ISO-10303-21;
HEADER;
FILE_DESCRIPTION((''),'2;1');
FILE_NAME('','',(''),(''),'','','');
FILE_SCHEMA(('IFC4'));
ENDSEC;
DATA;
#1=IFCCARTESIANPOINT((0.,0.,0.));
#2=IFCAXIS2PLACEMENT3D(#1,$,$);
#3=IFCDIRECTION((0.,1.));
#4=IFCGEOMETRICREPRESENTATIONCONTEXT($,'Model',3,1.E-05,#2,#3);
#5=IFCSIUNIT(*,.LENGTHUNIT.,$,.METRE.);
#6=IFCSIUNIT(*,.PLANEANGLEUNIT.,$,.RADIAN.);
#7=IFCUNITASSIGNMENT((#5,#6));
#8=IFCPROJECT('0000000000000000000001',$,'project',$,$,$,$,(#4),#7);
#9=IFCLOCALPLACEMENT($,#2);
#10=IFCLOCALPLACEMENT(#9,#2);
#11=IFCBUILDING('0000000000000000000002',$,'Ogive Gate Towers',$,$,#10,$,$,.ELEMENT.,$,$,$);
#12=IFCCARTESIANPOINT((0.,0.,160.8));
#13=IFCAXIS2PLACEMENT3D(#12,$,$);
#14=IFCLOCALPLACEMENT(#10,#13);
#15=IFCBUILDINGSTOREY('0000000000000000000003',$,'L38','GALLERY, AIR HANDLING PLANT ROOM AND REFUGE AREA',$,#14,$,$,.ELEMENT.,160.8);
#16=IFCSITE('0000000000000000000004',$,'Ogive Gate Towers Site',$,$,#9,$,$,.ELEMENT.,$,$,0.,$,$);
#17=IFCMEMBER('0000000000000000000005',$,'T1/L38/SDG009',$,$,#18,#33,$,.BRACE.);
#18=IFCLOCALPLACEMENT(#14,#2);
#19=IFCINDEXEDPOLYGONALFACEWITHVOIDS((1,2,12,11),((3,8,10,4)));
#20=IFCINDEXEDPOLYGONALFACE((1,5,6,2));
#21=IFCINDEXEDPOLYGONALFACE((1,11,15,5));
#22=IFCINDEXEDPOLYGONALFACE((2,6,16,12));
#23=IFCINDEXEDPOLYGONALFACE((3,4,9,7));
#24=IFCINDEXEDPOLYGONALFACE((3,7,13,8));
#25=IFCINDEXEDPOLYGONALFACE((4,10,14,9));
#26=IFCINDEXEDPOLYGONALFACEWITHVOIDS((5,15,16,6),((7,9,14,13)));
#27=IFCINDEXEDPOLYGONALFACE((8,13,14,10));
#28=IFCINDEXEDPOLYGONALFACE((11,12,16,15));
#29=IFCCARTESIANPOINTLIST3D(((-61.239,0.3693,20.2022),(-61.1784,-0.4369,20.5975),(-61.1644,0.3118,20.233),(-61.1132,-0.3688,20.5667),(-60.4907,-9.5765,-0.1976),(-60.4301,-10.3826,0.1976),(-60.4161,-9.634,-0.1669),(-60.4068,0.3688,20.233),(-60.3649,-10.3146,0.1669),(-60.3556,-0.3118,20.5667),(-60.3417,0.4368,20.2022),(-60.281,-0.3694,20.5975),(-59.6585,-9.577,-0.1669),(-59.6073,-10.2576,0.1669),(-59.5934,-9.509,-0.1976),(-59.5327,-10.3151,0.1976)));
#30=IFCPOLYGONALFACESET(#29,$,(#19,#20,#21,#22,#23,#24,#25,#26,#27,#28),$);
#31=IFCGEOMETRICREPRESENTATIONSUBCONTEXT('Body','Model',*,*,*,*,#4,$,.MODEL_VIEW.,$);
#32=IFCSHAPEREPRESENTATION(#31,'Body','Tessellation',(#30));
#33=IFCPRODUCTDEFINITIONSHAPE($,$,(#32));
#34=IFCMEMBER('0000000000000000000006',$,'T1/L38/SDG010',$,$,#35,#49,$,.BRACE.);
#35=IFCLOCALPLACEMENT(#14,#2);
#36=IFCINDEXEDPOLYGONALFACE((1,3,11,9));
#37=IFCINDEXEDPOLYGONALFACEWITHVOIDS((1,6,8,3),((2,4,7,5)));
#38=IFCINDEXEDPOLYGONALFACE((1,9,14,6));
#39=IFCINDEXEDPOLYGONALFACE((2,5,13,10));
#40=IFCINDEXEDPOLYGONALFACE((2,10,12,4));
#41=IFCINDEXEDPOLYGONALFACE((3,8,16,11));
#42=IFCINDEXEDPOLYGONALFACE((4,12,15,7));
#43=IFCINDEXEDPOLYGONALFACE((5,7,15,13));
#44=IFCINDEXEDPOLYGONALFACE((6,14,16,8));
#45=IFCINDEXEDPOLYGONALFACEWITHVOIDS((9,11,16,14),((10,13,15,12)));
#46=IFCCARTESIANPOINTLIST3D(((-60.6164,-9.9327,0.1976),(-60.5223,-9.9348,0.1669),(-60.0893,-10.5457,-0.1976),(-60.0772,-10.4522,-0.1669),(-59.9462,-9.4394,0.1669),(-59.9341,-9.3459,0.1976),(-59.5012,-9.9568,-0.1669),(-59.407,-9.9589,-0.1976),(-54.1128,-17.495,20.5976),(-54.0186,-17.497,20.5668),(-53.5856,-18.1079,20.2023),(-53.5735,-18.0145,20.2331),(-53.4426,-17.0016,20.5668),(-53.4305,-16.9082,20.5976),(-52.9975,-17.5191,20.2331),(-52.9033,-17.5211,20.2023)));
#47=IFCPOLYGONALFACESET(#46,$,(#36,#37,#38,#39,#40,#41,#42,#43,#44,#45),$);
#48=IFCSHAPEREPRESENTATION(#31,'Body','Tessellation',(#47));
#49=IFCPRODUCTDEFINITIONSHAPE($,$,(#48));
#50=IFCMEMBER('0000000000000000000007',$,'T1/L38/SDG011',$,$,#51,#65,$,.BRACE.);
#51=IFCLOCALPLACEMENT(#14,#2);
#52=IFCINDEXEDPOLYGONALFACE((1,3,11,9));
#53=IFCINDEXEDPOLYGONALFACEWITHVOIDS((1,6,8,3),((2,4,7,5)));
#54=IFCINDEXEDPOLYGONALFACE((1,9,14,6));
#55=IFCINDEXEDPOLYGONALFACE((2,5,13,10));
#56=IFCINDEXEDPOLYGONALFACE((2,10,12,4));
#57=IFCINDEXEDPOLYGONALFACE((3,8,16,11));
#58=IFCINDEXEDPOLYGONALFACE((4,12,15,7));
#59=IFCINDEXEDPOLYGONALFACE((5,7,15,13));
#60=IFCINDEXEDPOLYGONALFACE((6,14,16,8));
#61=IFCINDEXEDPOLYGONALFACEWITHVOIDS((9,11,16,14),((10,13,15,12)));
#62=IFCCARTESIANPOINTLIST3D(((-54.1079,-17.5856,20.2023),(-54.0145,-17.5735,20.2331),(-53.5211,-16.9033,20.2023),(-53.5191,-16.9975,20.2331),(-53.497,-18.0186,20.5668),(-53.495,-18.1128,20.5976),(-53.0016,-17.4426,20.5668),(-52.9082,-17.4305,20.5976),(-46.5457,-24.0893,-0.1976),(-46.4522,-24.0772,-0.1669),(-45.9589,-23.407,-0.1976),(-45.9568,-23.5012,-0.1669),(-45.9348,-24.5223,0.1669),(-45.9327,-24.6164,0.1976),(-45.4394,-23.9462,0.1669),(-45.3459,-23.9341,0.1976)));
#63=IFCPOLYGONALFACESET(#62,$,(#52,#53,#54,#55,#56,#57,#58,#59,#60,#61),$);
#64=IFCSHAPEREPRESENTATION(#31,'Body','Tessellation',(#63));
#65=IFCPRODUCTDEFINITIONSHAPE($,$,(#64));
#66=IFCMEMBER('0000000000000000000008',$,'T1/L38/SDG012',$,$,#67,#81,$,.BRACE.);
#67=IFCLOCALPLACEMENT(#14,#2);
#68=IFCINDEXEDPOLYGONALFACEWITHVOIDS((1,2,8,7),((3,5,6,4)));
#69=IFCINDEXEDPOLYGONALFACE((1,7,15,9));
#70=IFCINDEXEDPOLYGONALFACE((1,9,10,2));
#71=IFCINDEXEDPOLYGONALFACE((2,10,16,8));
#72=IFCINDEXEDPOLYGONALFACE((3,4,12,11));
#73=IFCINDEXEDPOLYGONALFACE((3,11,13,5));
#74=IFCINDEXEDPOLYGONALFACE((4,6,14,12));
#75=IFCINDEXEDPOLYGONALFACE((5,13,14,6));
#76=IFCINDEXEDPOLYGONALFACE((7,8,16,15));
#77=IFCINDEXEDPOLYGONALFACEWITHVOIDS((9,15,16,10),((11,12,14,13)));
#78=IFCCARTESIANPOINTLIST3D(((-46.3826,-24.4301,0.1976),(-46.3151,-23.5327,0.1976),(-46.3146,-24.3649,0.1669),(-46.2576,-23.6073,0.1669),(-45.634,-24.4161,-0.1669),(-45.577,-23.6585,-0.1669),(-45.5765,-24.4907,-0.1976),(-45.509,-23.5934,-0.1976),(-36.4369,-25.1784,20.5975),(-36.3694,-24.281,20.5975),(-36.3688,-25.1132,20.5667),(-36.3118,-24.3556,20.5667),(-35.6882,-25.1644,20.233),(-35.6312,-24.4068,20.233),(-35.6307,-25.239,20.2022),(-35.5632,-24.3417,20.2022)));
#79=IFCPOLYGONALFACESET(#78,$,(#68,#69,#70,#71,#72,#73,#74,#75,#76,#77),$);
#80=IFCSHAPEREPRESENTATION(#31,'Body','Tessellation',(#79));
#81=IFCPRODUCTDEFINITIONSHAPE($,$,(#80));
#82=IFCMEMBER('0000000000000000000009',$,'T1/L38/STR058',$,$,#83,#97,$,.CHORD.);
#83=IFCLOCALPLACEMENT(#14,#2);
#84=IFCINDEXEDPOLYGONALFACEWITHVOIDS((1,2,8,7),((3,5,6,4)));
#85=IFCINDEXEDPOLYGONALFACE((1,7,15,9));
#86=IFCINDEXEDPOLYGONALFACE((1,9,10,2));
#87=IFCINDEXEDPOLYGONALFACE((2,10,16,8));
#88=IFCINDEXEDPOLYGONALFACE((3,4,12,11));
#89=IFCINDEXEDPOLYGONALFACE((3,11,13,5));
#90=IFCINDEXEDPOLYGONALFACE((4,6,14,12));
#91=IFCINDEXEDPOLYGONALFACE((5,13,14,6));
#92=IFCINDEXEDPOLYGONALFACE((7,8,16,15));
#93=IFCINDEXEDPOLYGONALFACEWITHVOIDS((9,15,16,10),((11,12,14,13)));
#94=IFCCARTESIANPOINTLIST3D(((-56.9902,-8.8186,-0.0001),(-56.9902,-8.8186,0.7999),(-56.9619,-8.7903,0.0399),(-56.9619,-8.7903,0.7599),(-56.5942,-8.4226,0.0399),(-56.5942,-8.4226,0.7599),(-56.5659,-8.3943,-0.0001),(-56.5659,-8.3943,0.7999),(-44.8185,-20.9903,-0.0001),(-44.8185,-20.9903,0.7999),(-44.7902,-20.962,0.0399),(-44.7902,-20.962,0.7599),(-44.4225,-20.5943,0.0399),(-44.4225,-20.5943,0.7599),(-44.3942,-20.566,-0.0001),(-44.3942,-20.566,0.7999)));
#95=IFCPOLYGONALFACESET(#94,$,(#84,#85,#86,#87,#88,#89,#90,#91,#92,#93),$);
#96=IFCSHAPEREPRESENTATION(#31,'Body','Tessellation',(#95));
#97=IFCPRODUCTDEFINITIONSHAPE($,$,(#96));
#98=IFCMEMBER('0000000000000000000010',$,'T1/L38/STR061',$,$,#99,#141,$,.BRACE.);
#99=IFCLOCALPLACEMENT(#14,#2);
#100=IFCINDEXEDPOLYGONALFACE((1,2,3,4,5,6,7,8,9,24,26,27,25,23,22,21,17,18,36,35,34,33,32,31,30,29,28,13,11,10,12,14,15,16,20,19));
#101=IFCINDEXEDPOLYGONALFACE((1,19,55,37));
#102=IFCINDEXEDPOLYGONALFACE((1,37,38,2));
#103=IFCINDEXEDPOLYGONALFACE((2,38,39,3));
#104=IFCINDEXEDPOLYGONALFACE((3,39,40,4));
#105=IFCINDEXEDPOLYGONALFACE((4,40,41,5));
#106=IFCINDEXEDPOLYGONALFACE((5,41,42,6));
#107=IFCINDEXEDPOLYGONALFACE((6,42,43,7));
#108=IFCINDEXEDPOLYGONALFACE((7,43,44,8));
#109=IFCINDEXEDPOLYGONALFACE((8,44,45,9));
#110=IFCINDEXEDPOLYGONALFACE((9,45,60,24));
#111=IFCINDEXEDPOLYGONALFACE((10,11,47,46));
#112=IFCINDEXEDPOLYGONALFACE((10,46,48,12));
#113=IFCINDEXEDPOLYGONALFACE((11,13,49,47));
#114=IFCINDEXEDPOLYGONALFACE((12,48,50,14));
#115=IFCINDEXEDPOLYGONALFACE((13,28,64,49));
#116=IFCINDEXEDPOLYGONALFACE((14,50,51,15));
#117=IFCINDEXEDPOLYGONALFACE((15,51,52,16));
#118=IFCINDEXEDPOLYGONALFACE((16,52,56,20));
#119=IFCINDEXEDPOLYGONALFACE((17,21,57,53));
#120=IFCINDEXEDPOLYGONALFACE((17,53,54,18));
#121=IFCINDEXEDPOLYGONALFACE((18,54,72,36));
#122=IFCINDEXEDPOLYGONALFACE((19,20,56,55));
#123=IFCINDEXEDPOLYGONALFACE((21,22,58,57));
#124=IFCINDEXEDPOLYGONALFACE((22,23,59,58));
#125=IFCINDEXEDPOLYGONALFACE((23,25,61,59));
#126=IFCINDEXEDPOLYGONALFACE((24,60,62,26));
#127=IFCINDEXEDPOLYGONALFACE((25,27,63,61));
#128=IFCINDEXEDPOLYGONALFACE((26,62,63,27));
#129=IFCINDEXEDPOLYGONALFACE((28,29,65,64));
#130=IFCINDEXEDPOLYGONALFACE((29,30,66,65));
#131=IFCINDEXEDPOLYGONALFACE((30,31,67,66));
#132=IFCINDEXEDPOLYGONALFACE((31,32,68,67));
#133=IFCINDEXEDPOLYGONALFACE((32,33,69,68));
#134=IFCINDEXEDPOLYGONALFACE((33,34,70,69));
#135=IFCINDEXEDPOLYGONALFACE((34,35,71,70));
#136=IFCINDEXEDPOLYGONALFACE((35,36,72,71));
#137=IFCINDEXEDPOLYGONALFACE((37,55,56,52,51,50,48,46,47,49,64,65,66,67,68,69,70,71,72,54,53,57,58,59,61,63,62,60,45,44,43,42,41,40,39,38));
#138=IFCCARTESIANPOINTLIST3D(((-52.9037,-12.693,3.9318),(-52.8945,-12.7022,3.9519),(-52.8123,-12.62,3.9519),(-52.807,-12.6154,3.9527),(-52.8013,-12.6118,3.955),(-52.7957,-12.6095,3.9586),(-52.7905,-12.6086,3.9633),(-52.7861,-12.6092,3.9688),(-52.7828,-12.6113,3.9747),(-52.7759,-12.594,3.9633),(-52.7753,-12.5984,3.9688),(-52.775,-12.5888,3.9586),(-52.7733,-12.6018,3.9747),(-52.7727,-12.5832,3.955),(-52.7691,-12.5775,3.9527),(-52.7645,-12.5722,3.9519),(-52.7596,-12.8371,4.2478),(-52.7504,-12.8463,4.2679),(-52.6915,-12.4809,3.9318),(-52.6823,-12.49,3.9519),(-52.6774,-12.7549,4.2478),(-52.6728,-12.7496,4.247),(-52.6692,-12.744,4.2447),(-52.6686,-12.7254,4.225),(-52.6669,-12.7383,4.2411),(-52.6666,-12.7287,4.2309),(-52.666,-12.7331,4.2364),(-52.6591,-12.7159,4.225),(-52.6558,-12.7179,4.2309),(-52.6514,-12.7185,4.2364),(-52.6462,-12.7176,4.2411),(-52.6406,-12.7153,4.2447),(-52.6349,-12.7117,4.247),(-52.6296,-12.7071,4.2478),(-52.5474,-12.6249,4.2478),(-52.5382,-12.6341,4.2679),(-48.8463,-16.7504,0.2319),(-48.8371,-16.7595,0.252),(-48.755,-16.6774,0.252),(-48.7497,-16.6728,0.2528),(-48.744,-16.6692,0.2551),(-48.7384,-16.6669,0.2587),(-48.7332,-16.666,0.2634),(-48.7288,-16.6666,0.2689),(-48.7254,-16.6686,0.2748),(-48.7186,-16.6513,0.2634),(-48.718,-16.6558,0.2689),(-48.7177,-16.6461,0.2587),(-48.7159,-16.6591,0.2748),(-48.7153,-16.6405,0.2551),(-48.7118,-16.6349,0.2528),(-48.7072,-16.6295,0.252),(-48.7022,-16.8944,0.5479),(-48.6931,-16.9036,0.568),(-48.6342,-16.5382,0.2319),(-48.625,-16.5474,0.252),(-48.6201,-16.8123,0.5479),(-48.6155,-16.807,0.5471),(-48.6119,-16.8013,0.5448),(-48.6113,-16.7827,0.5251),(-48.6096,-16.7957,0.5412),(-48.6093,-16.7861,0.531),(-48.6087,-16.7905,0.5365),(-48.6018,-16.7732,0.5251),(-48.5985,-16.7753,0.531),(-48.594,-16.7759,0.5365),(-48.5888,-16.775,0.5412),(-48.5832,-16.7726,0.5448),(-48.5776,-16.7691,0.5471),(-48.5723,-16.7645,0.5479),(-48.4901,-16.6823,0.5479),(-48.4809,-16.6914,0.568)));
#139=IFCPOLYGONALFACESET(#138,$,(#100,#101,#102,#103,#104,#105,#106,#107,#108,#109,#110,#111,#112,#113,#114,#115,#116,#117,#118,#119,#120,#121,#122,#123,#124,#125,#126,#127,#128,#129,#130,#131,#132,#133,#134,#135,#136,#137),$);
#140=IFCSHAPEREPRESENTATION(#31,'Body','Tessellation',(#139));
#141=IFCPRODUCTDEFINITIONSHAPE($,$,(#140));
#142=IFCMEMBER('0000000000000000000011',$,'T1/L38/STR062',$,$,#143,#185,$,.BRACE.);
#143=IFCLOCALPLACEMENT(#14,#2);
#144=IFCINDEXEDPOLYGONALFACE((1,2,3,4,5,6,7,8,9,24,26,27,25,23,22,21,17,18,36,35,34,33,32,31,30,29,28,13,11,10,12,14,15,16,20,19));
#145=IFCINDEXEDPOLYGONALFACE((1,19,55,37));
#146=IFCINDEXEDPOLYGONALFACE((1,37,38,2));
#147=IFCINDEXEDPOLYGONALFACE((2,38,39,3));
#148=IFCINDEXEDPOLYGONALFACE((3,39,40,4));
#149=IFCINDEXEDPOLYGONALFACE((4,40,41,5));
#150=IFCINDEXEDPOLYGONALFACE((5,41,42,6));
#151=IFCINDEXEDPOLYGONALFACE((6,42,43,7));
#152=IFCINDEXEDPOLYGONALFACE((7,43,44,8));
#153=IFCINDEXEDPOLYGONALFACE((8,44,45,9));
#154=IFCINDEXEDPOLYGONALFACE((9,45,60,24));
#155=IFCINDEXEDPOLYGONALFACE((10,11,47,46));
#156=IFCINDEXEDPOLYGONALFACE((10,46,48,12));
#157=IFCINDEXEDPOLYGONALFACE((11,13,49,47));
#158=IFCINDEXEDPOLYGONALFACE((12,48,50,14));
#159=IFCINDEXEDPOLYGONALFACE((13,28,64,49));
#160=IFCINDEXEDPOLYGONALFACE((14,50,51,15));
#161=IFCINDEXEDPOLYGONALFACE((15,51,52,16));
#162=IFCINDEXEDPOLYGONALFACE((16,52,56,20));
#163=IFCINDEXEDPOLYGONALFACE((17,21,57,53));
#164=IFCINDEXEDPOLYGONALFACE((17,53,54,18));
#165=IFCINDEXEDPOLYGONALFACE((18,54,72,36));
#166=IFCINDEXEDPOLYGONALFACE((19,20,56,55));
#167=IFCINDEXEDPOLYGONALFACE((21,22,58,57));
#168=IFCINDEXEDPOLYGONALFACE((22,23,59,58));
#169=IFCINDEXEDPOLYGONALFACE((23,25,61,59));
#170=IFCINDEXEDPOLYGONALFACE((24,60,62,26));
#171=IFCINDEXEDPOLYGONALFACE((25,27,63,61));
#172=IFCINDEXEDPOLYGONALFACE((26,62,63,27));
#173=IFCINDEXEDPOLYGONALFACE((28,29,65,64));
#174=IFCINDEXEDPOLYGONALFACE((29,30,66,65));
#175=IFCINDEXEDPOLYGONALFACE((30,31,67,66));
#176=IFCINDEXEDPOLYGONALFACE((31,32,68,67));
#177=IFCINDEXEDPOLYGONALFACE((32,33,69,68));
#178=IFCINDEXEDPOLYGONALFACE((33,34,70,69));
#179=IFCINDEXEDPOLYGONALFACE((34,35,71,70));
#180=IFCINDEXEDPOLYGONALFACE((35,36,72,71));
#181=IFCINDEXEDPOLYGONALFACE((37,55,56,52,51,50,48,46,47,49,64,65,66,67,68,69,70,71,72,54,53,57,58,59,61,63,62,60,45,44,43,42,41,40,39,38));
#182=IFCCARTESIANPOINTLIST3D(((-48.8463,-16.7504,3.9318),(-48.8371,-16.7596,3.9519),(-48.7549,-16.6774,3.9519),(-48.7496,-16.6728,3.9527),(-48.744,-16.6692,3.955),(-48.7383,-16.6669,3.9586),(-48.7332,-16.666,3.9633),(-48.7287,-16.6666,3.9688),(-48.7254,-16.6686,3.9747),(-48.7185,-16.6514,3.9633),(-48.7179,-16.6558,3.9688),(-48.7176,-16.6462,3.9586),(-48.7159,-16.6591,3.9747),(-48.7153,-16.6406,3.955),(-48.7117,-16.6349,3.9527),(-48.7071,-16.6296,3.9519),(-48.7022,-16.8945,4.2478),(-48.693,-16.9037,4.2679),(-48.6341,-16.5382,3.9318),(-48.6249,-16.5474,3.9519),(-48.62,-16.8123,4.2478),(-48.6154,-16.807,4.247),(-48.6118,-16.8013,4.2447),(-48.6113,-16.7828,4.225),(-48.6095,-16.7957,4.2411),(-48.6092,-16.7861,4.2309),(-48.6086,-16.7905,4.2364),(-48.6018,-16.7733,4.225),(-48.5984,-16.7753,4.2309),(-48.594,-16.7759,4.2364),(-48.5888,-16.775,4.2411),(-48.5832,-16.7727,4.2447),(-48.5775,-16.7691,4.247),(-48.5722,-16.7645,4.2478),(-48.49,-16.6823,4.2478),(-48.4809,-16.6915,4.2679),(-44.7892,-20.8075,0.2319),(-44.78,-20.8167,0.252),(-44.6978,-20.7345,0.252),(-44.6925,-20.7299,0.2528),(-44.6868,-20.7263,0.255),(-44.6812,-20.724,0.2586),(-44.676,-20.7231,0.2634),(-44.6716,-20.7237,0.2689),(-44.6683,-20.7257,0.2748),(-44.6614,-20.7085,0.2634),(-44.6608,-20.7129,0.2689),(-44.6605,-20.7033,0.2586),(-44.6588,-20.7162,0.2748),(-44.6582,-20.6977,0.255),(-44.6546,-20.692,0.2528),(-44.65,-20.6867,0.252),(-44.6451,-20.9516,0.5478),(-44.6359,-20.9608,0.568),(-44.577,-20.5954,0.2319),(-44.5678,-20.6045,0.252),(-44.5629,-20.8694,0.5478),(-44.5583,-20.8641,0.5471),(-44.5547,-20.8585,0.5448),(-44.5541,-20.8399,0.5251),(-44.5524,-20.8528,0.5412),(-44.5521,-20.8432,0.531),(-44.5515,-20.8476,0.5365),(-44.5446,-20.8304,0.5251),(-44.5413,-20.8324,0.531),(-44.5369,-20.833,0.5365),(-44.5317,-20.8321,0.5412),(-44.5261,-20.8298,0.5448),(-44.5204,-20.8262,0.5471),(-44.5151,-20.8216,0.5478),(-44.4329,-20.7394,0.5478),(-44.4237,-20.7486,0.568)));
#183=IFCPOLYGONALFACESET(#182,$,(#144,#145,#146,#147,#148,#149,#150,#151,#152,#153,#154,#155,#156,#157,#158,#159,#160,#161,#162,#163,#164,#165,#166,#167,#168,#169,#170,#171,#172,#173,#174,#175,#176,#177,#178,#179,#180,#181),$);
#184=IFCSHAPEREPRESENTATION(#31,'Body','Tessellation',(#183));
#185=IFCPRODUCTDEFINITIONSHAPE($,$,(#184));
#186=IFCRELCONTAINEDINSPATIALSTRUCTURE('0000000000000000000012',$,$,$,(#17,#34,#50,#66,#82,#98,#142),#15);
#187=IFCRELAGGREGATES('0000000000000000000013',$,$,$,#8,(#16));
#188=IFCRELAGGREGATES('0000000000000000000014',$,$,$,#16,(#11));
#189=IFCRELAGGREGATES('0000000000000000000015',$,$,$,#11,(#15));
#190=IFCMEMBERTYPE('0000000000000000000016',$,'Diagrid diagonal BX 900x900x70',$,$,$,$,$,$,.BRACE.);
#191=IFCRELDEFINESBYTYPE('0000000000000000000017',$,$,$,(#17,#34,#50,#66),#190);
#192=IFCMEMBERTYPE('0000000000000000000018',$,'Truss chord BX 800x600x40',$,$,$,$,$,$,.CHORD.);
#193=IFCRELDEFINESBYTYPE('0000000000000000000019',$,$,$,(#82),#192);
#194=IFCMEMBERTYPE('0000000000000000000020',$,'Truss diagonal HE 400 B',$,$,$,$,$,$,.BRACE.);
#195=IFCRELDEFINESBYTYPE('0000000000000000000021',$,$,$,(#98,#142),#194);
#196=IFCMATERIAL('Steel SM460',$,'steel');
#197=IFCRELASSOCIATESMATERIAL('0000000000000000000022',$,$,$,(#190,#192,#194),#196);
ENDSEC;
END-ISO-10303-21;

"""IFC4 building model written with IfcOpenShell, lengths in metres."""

from ifc_helpers import new_model, si_unit, direction, frame, origin, origin_2d, place, context, subcontext, project, spatial, hollow_rectangle, i_section, extrude, material, material_profile, profile_set, type_object, element, save


model = new_model("IFC4")

# Units and contexts
model_context = context("Model", 3, precision=1e-05, world=origin(), true_north=direction((0.0, 1.0)))
body_context = subcontext(model_context, "Body", "Model", "MODEL_VIEW")
ifc_project = project(units=[si_unit("LENGTHUNIT", "METRE"), si_unit("PLANEANGLEUNIT", "RADIAN")], contexts=[model_context])

# Site, building, storey
site_placement = place(None, origin())
site = spatial("IfcSite", under=ifc_project, at=site_placement, Name="Ogive Gate Towers Site", CompositionType="ELEMENT", RefElevation=0.0)
building_placement = place(site_placement, origin())
building = spatial("IfcBuilding", under=site, at=building_placement, Name="Ogive Gate Towers", CompositionType="ELEMENT")
storey_placement = place(building_placement, frame((0.0, 0.0, 160.8)))
storey = spatial("IfcBuildingStorey", under=building, at=storey_placement, Name="L38", Description="GALLERY, AIR HANDLING PLANT ROOM AND REFUGE AREA", CompositionType="ELEMENT", Elevation=160.8)

# Members
ifc_material_1 = material(Name="Steel SM460", Category="steel")
ifc_material_profile_1 = material_profile(ifc_material_1, hollow_rectangle(XDim=0.8999, YDim=0.8999, WallThickness=0.0701, at=origin_2d()), Name="BX 900x900x70")
ifc_profile_set_1 = profile_set([ifc_material_profile_1], Name="Steel SM460")
member_type_1 = type_object("IfcMemberType", Name="Diagrid diagonal BX 900x900x70", PredefinedType="BRACE", material=ifc_profile_set_1)
member_1_placement = place(storey_placement, frame((-60.0117, -9.9458, 0.0), z_axis=(-0.032953, 0.437994, 0.898374), x_axis=(-0.997182, -0.075025, 0.0)))
element("IfcMember", 1, at=member_1_placement, inside=storey, type_object=member_type_1, Name="T1/L38/SDG009", PredefinedType="BRACE", context=body_context, shape_type="SweptSolid", body=[
    extrude(hollow_rectangle(XDim=0.8999, YDim=0.8999, WallThickness=0.0701, at=origin_2d()), origin(), (0.0, 0.0, 1.0), 22.7075),
])
for number, where, z_axis, x_axis, name in (
    (2, (-60.0117, -9.9458, 0.0), (0.286407, -0.333026, 0.898368), (0.758179, 0.652046, 0.0), "T1/L38/SDG010"),
    (3, (-45.9458, -24.0117, 0.0), (-0.333026, 0.286407, 0.898368), (-0.652046, -0.758179, 0.0), "T1/L38/SDG011"),
):
    element("IfcMember", number, at=place(storey_placement, frame(where, z_axis=z_axis, x_axis=x_axis)), inside=storey, type_object=member_type_1, Name=name, PredefinedType="BRACE", context=body_context, shape_type="SweptSolid", body=[
        extrude(hollow_rectangle(XDim=0.8999, YDim=0.8999, WallThickness=0.0701, at=origin_2d()), origin(), (0.0, 0.0, 1.0), 22.7078),
    ])
member_2_placement = place(storey_placement, frame((-45.9458, -24.0117, 0.0), z_axis=(0.437994, -0.032953, 0.898374), x_axis=(0.075025, 0.997182, 0.0)))
element("IfcMember", 4, at=member_2_placement, inside=storey, type_object=member_type_1, Name="T1/L38/SDG012", PredefinedType="BRACE", context=body_context, shape_type="SweptSolid", body=[
    extrude(hollow_rectangle(XDim=0.8999, YDim=0.8999, WallThickness=0.0701, at=origin_2d()), origin(), (0.0, 0.0, 1.0), 22.7075),
])
ifc_material_profile_2 = material_profile(ifc_material_1, hollow_rectangle(XDim=0.6001, YDim=0.8, WallThickness=0.04, at=origin_2d()), Name="BX 800x600x40")
ifc_profile_set_2 = profile_set([ifc_material_profile_2], Name="Steel SM460")
member_type_2 = type_object("IfcMemberType", Name="Truss chord BX 800x600x40", PredefinedType="CHORD", material=ifc_profile_set_2)
member_3_placement = place(storey_placement, frame((-56.7781, -8.6064, 0.3999), z_axis=(0.707107, -0.707107, 0.0), x_axis=(0.707107, 0.707107, 0.0)))
element("IfcMember", 5, at=member_3_placement, inside=storey, type_object=member_type_2, Name="T1/L38/STR058", PredefinedType="CHORD", context=body_context, shape_type="SweptSolid", body=[
    extrude(hollow_rectangle(XDim=0.6001, YDim=0.8, WallThickness=0.04, at=origin_2d()), origin(), (0.0, 0.0, 1.0), 17.2134),
])
ifc_material_profile_3 = material_profile(ifc_material_1, i_section(OverallWidth=0.3, OverallDepth=0.3999, WebThickness=0.0134, FlangeThickness=0.0239, FilletRadius=0.0271, at=origin_2d()), Name="HE 400 B")
ifc_profile_set_3 = profile_set([ifc_material_profile_3], Name="Steel SM460")
member_type_3 = type_object("IfcMemberType", Name="Truss diagonal HE 400 B", PredefinedType="BRACE", material=ifc_profile_set_3)
member_4_placement = place(storey_placement, frame((-52.7209, -12.6636, 4.0999), z_axis=(0.594273, -0.594273, -0.541922), x_axis=(0.707107, 0.707107, 0.0)))
element("IfcMember", 6, at=member_4_placement, inside=storey, type_object=member_type_3, Name="T1/L38/STR061", PredefinedType="BRACE", context=body_context, shape_type="SweptSolid", body=[
    extrude(i_section(OverallWidth=0.3, OverallDepth=0.3999, WebThickness=0.0134, FlangeThickness=0.0239, FilletRadius=0.0271, at=origin_2d()), origin(), (0.0, 0.0, 1.0), 6.8274),
])
member_5_placement = place(storey_placement, frame((-48.6636, -16.7209, 4.0999), z_axis=(0.594262, -0.594262, -0.541945), x_axis=(0.707107, 0.707107, 0.0)))
element("IfcMember", 7, at=member_5_placement, inside=storey, type_object=member_type_3, Name="T1/L38/STR062", PredefinedType="BRACE", context=body_context, shape_type="SweptSolid", body=[
    extrude(i_section(OverallWidth=0.3, OverallDepth=0.3999, WebThickness=0.0134, FlangeThickness=0.0239, FilletRadius=0.0271, at=origin_2d()), origin(), (0.0, 0.0, 1.0), 6.8271),
])

save(model, "model.ifc")
